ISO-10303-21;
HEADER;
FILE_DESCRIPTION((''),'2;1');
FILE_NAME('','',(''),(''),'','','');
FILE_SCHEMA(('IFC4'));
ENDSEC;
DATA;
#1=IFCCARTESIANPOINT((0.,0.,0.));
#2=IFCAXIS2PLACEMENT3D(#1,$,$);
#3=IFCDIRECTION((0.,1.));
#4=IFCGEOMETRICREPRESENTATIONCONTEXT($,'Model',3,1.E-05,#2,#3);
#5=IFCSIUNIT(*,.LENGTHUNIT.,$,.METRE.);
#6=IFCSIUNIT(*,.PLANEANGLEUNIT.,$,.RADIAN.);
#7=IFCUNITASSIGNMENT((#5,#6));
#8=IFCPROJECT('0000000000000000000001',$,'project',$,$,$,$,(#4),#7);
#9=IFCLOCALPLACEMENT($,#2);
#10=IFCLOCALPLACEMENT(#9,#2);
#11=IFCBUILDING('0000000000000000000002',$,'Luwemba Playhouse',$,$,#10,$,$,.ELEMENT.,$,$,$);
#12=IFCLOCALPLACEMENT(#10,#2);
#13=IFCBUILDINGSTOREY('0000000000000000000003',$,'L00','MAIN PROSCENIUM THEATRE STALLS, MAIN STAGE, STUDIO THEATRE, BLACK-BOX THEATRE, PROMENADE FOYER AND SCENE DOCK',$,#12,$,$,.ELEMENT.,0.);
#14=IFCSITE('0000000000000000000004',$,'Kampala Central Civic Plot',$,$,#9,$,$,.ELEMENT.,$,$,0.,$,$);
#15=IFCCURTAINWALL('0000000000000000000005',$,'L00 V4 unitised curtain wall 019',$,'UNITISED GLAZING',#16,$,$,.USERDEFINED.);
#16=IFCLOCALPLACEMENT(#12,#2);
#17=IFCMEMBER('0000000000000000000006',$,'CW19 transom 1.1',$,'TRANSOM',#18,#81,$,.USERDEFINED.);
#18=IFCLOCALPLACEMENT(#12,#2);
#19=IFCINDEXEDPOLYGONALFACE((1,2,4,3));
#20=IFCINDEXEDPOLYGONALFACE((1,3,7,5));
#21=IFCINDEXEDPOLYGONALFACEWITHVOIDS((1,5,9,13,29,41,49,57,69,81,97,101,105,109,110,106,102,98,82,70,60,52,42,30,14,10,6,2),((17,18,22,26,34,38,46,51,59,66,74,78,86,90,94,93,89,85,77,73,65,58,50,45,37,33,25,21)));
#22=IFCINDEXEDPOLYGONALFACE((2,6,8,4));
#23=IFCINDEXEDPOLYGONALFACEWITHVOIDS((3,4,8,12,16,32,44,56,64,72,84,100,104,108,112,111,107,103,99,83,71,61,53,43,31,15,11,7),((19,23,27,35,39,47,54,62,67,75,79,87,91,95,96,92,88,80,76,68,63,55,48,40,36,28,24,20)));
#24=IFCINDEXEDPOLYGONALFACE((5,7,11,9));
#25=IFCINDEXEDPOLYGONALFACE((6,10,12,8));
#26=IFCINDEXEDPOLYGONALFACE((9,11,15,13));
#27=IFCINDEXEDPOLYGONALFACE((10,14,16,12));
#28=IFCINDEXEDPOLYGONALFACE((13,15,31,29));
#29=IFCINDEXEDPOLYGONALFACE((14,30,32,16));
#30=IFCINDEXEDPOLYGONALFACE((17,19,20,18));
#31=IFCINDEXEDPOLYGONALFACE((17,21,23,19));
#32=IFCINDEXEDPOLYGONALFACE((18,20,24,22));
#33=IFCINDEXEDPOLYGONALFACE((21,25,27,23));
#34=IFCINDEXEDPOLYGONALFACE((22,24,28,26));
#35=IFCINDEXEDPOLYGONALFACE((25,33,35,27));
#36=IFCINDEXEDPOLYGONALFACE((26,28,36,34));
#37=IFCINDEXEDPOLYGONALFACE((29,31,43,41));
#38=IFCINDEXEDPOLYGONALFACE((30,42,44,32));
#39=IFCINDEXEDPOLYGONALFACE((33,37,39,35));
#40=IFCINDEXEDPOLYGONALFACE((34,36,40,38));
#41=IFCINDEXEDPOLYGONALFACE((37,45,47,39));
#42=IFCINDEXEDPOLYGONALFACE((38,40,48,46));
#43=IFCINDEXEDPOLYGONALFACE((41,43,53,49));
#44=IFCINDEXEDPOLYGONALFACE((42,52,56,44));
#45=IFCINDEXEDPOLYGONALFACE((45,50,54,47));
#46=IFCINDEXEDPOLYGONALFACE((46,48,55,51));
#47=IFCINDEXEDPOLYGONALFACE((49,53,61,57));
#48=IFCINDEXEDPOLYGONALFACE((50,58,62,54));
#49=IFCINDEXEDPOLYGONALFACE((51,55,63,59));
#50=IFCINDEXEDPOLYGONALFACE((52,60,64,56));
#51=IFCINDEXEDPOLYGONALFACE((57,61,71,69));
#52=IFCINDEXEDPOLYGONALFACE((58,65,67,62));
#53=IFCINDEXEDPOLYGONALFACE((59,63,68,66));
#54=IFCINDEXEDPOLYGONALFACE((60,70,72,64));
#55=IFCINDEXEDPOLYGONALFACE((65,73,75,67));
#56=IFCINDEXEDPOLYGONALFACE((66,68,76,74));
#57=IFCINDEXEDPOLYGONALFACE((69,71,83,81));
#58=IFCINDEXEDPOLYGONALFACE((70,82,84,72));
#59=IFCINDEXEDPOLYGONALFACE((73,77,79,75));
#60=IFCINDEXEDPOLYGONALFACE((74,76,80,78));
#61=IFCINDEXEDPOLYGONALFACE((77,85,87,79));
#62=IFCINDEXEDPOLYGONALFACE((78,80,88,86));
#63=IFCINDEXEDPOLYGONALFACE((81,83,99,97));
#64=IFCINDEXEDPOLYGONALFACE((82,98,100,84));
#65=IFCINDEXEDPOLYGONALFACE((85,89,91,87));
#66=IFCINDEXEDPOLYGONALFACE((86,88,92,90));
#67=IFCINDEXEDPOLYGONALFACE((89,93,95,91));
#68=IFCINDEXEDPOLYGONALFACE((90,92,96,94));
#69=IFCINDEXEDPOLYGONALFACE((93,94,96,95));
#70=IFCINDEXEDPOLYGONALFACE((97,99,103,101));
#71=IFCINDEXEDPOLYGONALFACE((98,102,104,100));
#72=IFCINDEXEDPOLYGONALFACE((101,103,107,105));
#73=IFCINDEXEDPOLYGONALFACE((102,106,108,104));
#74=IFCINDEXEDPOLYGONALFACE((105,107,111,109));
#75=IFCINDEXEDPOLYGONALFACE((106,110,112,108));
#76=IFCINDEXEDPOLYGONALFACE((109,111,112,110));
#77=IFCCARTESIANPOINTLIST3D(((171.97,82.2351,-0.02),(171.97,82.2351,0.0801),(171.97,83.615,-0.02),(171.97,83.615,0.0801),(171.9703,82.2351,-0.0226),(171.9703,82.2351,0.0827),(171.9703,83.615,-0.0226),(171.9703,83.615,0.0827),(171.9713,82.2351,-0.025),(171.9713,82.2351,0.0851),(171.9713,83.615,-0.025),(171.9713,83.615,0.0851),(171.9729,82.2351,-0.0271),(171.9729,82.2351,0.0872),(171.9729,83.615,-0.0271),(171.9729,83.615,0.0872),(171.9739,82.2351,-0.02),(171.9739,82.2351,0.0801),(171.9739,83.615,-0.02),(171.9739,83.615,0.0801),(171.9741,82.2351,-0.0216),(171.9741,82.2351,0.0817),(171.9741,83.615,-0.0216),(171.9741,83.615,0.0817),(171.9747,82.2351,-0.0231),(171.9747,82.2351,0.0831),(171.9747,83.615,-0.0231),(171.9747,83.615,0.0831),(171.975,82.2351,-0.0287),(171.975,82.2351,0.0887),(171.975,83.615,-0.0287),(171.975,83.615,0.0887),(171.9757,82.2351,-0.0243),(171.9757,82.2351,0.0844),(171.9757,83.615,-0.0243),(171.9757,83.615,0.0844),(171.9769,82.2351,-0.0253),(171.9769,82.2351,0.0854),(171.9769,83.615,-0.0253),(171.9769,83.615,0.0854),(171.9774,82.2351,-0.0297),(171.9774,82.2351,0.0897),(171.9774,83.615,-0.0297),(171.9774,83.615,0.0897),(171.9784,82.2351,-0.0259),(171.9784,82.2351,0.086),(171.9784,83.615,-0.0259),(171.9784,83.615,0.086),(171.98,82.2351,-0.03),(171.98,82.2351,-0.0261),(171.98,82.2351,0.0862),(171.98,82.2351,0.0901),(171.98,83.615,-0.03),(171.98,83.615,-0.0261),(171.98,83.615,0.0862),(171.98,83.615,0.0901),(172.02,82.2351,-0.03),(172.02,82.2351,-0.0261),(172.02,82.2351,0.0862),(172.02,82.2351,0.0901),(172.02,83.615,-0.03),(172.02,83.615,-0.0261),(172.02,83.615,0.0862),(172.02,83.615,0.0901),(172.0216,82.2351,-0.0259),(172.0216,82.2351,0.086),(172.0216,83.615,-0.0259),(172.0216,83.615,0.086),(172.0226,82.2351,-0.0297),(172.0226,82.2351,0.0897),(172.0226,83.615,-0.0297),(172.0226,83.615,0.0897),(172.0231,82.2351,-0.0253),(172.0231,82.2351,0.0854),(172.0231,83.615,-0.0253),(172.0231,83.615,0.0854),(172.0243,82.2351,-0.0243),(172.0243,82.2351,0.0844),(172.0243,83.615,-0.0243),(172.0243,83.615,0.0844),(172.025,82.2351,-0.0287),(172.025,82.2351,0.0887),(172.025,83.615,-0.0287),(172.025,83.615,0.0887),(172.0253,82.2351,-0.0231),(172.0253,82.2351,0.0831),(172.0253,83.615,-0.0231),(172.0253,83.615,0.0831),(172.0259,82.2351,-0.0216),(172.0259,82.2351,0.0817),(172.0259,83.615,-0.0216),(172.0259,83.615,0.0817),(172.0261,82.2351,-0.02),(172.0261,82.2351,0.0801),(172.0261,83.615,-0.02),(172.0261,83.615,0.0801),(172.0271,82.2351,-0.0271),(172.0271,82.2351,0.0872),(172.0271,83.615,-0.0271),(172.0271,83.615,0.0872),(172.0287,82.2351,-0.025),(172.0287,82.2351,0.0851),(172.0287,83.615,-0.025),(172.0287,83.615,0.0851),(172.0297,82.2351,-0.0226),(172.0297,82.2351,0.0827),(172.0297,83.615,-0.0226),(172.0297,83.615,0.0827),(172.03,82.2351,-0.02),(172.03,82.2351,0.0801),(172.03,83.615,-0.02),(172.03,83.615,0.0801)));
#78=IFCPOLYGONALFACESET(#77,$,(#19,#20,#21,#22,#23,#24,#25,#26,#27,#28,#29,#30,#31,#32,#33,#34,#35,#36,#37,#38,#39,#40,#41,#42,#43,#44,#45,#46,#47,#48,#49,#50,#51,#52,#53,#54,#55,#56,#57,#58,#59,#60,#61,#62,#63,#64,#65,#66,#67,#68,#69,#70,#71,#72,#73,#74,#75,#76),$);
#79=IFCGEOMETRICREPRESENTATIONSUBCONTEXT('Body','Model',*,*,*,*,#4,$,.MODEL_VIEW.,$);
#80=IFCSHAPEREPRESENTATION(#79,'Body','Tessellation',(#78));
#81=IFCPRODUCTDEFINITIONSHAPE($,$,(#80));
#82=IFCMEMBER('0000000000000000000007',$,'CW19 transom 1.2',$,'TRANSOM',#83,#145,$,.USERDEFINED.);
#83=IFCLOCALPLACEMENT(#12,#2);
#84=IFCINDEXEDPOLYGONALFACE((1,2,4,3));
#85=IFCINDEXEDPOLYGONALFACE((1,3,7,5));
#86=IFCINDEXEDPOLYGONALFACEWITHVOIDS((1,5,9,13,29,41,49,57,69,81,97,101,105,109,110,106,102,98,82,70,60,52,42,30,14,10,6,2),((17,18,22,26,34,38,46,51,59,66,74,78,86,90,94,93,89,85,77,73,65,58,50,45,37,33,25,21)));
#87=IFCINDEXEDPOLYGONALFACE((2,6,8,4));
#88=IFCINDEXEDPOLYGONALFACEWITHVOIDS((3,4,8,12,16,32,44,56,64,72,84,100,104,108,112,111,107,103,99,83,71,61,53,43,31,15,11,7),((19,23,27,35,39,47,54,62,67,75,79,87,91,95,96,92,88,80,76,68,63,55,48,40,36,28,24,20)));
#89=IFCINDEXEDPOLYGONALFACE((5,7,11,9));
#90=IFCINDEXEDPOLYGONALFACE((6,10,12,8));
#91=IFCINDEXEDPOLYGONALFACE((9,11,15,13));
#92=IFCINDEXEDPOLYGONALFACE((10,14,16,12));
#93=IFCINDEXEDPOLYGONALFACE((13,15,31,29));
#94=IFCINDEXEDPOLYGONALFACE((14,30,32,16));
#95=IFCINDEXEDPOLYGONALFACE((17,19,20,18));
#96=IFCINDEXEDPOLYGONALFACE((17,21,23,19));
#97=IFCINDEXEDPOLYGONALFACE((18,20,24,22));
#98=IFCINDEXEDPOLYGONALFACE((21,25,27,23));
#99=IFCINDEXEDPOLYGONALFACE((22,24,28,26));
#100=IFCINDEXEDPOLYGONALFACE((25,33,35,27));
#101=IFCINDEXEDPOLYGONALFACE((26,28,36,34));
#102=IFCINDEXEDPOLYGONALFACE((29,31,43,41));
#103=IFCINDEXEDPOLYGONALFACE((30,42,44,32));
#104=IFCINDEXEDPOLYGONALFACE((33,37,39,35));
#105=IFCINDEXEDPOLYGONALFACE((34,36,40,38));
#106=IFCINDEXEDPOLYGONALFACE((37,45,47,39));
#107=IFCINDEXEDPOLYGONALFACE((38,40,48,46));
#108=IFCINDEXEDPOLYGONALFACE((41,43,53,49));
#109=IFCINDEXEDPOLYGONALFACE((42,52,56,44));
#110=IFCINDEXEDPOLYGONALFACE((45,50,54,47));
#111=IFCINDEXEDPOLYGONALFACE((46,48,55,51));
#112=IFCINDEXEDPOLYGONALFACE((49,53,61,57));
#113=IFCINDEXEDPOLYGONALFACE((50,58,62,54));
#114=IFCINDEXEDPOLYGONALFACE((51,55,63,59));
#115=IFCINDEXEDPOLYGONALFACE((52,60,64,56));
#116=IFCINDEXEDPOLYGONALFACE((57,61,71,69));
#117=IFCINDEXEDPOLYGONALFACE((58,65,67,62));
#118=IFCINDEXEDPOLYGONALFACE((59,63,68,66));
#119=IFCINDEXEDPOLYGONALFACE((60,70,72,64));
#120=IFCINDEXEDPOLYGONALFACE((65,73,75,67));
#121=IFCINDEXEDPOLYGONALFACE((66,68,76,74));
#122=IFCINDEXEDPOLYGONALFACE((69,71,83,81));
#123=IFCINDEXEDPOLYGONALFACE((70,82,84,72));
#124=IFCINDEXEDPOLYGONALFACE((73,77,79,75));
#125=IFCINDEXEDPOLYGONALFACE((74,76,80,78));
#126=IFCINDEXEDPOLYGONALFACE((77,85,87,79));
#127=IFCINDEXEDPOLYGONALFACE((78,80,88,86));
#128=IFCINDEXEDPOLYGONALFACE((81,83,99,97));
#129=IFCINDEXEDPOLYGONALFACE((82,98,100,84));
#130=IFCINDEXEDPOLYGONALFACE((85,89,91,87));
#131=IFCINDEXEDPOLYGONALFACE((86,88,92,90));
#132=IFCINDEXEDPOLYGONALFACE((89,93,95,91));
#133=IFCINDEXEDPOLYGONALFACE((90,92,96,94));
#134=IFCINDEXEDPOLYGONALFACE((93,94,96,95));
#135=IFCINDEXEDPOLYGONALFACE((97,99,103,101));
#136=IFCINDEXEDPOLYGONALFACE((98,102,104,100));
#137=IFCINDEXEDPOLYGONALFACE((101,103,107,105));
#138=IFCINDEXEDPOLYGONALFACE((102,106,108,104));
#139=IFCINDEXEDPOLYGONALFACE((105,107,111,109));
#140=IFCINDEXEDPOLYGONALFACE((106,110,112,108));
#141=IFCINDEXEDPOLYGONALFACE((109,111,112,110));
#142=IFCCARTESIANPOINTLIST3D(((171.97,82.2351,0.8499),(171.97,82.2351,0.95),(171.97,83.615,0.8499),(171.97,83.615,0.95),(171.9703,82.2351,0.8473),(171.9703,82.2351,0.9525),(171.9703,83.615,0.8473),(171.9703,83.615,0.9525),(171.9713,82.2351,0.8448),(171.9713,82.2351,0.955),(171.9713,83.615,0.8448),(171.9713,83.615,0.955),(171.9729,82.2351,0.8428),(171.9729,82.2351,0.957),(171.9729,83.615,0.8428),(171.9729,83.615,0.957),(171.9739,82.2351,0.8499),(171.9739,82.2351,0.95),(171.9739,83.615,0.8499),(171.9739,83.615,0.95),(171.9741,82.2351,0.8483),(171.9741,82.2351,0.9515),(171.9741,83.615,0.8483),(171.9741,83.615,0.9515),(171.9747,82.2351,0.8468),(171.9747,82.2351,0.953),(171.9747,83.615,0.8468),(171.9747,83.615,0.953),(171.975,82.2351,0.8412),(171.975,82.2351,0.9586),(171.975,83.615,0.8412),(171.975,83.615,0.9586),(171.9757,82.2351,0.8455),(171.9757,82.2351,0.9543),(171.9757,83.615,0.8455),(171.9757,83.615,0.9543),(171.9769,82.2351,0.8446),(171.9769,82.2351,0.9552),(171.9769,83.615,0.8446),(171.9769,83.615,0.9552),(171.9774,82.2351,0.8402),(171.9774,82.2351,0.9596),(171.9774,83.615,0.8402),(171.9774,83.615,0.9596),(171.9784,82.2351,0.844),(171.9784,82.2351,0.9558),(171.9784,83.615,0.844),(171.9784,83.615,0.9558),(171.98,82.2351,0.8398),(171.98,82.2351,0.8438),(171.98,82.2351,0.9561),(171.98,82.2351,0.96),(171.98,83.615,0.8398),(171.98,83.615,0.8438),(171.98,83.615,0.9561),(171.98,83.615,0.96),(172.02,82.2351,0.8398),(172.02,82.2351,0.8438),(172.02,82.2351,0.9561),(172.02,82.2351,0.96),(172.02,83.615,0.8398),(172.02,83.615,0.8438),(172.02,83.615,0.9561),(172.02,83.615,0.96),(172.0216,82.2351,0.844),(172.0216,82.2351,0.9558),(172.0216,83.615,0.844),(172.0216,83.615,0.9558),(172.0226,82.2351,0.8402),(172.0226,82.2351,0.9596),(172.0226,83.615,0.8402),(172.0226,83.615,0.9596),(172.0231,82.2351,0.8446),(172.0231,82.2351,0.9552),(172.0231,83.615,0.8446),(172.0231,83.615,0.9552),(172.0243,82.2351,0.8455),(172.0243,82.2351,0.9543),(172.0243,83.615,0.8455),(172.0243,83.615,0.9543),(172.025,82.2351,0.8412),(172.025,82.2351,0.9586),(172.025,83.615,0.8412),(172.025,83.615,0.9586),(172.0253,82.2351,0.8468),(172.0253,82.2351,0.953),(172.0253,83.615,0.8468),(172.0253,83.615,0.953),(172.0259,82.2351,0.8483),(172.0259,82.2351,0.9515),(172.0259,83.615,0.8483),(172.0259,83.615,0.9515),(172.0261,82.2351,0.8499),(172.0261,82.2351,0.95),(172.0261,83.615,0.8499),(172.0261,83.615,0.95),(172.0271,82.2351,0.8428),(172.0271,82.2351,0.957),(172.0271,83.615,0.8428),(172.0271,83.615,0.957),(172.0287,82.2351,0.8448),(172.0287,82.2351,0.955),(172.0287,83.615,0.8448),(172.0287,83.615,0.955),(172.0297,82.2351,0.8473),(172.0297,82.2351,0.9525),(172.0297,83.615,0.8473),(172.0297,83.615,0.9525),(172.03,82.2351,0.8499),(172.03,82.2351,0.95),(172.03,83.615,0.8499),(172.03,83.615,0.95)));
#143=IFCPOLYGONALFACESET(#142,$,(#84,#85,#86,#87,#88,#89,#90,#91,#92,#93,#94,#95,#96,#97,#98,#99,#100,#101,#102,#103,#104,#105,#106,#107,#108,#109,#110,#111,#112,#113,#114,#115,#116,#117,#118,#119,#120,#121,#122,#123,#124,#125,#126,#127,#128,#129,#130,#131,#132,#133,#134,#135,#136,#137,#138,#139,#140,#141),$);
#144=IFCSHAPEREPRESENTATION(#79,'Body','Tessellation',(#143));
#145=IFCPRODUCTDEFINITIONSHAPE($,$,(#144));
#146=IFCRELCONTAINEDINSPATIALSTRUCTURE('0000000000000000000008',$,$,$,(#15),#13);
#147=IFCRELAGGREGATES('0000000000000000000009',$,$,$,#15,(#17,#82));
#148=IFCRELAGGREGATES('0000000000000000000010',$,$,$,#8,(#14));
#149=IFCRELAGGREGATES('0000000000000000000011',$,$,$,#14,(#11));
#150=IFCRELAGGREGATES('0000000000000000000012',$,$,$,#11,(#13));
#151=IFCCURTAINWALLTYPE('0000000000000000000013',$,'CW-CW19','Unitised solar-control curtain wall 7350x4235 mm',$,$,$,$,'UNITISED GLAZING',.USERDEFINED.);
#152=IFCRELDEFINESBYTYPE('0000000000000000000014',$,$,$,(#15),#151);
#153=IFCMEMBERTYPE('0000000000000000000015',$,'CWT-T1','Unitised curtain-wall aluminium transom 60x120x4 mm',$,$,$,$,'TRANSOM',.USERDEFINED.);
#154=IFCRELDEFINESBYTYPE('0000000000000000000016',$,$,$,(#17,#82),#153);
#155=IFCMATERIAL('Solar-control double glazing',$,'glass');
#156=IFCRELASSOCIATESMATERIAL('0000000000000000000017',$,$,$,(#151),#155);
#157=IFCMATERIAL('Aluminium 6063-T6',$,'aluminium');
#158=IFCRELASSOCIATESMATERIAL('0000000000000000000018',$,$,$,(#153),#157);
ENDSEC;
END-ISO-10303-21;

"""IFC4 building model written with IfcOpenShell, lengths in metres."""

from ifc_helpers import new_model, si_unit, direction, frame, origin, origin_2d, place, context, subcontext, project, spatial, hollow_rectangle, extrude, material, material_profile, profile_set, type_object, element, aggregate, save


model = new_model("IFC4")

# Units and contexts
model_context = context("Model", 3, precision=1e-05, world=origin(), true_north=direction((0.0, 1.0)))
body_context = subcontext(model_context, "Body", "Model", "MODEL_VIEW")
ifc_project = project(units=[si_unit("LENGTHUNIT", "METRE"), si_unit("PLANEANGLEUNIT", "RADIAN")], contexts=[model_context])

# Site, building, storey
site_placement = place(None, origin())
site = spatial("IfcSite", under=ifc_project, at=site_placement, Name="Kampala Central Civic Plot", CompositionType="ELEMENT", RefElevation=0.0)
building_placement = place(site_placement, origin())
building = spatial("IfcBuilding", under=site, at=building_placement, Name="Luwemba Playhouse", CompositionType="ELEMENT")
storey_placement = place(building_placement, origin())
storey = spatial("IfcBuildingStorey", under=building, at=storey_placement, Name="L00", Description="MAIN PROSCENIUM THEATRE STALLS, MAIN STAGE, STUDIO THEATRE, BLACK-BOX THEATRE, PROMENADE FOYER AND SCENE DOCK", CompositionType="ELEMENT", Elevation=0.0)

# Curtain wall, members
ifc_material_1 = material(Name="Solar-control double glazing", Category="glass")
curtain_wall_type = type_object("IfcCurtainWallType", Name="CW-CW19", Description="Unitised solar-control curtain wall 7350x4235 mm", ElementType="UNITISED GLAZING", PredefinedType="USERDEFINED", material=ifc_material_1)
curtain_wall_placement = place(storey_placement, origin())
curtain_wall = element("IfcCurtainWall", 1, at=curtain_wall_placement, inside=storey, type_object=curtain_wall_type, Name="L00 V4 unitised curtain wall 019", ObjectType="UNITISED GLAZING", PredefinedType="USERDEFINED")
ifc_material_2 = material(Name="Aluminium 6063-T6", Category="aluminium")
ifc_material_profile_1 = material_profile(ifc_material_2, hollow_rectangle(XDim=0.0601, YDim=0.1201, WallThickness=0.0039, InnerFilletRadius=0.0061, OuterFilletRadius=0.01, at=origin_2d()))
ifc_profile_set_1 = profile_set([ifc_material_profile_1], Name="Aluminium 6063-T6")
member_type_1 = type_object("IfcMemberType", Name="CWT-T1", Description="Unitised curtain-wall aluminium transom 60x120x4 mm", ElementType="TRANSOM", PredefinedType="USERDEFINED", material=ifc_profile_set_1)
member_1_placement = place(storey_placement, frame((172.0, 83.615, 0.03), z_axis=(0.0, -1.0, 0.0), x_axis=(1.0, 0.0, 0.0)))
member_1 = element("IfcMember", 2, at=member_1_placement, type_object=member_type_1, Name="CW19 transom 1.1", ObjectType="TRANSOM", PredefinedType="USERDEFINED", context=body_context, shape_type="SweptSolid", body=[
    extrude(hollow_rectangle(XDim=0.0601, YDim=0.1201, WallThickness=0.0039, InnerFilletRadius=0.0061, OuterFilletRadius=0.01, at=origin_2d()), origin(), (0.0, 0.0, 1.0), 1.3799),
])
member_2_placement = place(storey_placement, frame((172.0, 83.615, 0.8999), z_axis=(0.0, -1.0, 0.0), x_axis=(1.0, 0.0, 0.0)))
member_2 = element("IfcMember", 3, at=member_2_placement, type_object=member_type_1, Name="CW19 transom 1.2", ObjectType="TRANSOM", PredefinedType="USERDEFINED", context=body_context, shape_type="SweptSolid", body=[
    extrude(hollow_rectangle(XDim=0.0601, YDim=0.1201, WallThickness=0.0039, InnerFilletRadius=0.0061, OuterFilletRadius=0.01, at=origin_2d()), origin(), (0.0, 0.0, 1.0), 1.3799),
])
aggregate(curtain_wall, [member_1, member_2])

save(model, "model.ifc")
